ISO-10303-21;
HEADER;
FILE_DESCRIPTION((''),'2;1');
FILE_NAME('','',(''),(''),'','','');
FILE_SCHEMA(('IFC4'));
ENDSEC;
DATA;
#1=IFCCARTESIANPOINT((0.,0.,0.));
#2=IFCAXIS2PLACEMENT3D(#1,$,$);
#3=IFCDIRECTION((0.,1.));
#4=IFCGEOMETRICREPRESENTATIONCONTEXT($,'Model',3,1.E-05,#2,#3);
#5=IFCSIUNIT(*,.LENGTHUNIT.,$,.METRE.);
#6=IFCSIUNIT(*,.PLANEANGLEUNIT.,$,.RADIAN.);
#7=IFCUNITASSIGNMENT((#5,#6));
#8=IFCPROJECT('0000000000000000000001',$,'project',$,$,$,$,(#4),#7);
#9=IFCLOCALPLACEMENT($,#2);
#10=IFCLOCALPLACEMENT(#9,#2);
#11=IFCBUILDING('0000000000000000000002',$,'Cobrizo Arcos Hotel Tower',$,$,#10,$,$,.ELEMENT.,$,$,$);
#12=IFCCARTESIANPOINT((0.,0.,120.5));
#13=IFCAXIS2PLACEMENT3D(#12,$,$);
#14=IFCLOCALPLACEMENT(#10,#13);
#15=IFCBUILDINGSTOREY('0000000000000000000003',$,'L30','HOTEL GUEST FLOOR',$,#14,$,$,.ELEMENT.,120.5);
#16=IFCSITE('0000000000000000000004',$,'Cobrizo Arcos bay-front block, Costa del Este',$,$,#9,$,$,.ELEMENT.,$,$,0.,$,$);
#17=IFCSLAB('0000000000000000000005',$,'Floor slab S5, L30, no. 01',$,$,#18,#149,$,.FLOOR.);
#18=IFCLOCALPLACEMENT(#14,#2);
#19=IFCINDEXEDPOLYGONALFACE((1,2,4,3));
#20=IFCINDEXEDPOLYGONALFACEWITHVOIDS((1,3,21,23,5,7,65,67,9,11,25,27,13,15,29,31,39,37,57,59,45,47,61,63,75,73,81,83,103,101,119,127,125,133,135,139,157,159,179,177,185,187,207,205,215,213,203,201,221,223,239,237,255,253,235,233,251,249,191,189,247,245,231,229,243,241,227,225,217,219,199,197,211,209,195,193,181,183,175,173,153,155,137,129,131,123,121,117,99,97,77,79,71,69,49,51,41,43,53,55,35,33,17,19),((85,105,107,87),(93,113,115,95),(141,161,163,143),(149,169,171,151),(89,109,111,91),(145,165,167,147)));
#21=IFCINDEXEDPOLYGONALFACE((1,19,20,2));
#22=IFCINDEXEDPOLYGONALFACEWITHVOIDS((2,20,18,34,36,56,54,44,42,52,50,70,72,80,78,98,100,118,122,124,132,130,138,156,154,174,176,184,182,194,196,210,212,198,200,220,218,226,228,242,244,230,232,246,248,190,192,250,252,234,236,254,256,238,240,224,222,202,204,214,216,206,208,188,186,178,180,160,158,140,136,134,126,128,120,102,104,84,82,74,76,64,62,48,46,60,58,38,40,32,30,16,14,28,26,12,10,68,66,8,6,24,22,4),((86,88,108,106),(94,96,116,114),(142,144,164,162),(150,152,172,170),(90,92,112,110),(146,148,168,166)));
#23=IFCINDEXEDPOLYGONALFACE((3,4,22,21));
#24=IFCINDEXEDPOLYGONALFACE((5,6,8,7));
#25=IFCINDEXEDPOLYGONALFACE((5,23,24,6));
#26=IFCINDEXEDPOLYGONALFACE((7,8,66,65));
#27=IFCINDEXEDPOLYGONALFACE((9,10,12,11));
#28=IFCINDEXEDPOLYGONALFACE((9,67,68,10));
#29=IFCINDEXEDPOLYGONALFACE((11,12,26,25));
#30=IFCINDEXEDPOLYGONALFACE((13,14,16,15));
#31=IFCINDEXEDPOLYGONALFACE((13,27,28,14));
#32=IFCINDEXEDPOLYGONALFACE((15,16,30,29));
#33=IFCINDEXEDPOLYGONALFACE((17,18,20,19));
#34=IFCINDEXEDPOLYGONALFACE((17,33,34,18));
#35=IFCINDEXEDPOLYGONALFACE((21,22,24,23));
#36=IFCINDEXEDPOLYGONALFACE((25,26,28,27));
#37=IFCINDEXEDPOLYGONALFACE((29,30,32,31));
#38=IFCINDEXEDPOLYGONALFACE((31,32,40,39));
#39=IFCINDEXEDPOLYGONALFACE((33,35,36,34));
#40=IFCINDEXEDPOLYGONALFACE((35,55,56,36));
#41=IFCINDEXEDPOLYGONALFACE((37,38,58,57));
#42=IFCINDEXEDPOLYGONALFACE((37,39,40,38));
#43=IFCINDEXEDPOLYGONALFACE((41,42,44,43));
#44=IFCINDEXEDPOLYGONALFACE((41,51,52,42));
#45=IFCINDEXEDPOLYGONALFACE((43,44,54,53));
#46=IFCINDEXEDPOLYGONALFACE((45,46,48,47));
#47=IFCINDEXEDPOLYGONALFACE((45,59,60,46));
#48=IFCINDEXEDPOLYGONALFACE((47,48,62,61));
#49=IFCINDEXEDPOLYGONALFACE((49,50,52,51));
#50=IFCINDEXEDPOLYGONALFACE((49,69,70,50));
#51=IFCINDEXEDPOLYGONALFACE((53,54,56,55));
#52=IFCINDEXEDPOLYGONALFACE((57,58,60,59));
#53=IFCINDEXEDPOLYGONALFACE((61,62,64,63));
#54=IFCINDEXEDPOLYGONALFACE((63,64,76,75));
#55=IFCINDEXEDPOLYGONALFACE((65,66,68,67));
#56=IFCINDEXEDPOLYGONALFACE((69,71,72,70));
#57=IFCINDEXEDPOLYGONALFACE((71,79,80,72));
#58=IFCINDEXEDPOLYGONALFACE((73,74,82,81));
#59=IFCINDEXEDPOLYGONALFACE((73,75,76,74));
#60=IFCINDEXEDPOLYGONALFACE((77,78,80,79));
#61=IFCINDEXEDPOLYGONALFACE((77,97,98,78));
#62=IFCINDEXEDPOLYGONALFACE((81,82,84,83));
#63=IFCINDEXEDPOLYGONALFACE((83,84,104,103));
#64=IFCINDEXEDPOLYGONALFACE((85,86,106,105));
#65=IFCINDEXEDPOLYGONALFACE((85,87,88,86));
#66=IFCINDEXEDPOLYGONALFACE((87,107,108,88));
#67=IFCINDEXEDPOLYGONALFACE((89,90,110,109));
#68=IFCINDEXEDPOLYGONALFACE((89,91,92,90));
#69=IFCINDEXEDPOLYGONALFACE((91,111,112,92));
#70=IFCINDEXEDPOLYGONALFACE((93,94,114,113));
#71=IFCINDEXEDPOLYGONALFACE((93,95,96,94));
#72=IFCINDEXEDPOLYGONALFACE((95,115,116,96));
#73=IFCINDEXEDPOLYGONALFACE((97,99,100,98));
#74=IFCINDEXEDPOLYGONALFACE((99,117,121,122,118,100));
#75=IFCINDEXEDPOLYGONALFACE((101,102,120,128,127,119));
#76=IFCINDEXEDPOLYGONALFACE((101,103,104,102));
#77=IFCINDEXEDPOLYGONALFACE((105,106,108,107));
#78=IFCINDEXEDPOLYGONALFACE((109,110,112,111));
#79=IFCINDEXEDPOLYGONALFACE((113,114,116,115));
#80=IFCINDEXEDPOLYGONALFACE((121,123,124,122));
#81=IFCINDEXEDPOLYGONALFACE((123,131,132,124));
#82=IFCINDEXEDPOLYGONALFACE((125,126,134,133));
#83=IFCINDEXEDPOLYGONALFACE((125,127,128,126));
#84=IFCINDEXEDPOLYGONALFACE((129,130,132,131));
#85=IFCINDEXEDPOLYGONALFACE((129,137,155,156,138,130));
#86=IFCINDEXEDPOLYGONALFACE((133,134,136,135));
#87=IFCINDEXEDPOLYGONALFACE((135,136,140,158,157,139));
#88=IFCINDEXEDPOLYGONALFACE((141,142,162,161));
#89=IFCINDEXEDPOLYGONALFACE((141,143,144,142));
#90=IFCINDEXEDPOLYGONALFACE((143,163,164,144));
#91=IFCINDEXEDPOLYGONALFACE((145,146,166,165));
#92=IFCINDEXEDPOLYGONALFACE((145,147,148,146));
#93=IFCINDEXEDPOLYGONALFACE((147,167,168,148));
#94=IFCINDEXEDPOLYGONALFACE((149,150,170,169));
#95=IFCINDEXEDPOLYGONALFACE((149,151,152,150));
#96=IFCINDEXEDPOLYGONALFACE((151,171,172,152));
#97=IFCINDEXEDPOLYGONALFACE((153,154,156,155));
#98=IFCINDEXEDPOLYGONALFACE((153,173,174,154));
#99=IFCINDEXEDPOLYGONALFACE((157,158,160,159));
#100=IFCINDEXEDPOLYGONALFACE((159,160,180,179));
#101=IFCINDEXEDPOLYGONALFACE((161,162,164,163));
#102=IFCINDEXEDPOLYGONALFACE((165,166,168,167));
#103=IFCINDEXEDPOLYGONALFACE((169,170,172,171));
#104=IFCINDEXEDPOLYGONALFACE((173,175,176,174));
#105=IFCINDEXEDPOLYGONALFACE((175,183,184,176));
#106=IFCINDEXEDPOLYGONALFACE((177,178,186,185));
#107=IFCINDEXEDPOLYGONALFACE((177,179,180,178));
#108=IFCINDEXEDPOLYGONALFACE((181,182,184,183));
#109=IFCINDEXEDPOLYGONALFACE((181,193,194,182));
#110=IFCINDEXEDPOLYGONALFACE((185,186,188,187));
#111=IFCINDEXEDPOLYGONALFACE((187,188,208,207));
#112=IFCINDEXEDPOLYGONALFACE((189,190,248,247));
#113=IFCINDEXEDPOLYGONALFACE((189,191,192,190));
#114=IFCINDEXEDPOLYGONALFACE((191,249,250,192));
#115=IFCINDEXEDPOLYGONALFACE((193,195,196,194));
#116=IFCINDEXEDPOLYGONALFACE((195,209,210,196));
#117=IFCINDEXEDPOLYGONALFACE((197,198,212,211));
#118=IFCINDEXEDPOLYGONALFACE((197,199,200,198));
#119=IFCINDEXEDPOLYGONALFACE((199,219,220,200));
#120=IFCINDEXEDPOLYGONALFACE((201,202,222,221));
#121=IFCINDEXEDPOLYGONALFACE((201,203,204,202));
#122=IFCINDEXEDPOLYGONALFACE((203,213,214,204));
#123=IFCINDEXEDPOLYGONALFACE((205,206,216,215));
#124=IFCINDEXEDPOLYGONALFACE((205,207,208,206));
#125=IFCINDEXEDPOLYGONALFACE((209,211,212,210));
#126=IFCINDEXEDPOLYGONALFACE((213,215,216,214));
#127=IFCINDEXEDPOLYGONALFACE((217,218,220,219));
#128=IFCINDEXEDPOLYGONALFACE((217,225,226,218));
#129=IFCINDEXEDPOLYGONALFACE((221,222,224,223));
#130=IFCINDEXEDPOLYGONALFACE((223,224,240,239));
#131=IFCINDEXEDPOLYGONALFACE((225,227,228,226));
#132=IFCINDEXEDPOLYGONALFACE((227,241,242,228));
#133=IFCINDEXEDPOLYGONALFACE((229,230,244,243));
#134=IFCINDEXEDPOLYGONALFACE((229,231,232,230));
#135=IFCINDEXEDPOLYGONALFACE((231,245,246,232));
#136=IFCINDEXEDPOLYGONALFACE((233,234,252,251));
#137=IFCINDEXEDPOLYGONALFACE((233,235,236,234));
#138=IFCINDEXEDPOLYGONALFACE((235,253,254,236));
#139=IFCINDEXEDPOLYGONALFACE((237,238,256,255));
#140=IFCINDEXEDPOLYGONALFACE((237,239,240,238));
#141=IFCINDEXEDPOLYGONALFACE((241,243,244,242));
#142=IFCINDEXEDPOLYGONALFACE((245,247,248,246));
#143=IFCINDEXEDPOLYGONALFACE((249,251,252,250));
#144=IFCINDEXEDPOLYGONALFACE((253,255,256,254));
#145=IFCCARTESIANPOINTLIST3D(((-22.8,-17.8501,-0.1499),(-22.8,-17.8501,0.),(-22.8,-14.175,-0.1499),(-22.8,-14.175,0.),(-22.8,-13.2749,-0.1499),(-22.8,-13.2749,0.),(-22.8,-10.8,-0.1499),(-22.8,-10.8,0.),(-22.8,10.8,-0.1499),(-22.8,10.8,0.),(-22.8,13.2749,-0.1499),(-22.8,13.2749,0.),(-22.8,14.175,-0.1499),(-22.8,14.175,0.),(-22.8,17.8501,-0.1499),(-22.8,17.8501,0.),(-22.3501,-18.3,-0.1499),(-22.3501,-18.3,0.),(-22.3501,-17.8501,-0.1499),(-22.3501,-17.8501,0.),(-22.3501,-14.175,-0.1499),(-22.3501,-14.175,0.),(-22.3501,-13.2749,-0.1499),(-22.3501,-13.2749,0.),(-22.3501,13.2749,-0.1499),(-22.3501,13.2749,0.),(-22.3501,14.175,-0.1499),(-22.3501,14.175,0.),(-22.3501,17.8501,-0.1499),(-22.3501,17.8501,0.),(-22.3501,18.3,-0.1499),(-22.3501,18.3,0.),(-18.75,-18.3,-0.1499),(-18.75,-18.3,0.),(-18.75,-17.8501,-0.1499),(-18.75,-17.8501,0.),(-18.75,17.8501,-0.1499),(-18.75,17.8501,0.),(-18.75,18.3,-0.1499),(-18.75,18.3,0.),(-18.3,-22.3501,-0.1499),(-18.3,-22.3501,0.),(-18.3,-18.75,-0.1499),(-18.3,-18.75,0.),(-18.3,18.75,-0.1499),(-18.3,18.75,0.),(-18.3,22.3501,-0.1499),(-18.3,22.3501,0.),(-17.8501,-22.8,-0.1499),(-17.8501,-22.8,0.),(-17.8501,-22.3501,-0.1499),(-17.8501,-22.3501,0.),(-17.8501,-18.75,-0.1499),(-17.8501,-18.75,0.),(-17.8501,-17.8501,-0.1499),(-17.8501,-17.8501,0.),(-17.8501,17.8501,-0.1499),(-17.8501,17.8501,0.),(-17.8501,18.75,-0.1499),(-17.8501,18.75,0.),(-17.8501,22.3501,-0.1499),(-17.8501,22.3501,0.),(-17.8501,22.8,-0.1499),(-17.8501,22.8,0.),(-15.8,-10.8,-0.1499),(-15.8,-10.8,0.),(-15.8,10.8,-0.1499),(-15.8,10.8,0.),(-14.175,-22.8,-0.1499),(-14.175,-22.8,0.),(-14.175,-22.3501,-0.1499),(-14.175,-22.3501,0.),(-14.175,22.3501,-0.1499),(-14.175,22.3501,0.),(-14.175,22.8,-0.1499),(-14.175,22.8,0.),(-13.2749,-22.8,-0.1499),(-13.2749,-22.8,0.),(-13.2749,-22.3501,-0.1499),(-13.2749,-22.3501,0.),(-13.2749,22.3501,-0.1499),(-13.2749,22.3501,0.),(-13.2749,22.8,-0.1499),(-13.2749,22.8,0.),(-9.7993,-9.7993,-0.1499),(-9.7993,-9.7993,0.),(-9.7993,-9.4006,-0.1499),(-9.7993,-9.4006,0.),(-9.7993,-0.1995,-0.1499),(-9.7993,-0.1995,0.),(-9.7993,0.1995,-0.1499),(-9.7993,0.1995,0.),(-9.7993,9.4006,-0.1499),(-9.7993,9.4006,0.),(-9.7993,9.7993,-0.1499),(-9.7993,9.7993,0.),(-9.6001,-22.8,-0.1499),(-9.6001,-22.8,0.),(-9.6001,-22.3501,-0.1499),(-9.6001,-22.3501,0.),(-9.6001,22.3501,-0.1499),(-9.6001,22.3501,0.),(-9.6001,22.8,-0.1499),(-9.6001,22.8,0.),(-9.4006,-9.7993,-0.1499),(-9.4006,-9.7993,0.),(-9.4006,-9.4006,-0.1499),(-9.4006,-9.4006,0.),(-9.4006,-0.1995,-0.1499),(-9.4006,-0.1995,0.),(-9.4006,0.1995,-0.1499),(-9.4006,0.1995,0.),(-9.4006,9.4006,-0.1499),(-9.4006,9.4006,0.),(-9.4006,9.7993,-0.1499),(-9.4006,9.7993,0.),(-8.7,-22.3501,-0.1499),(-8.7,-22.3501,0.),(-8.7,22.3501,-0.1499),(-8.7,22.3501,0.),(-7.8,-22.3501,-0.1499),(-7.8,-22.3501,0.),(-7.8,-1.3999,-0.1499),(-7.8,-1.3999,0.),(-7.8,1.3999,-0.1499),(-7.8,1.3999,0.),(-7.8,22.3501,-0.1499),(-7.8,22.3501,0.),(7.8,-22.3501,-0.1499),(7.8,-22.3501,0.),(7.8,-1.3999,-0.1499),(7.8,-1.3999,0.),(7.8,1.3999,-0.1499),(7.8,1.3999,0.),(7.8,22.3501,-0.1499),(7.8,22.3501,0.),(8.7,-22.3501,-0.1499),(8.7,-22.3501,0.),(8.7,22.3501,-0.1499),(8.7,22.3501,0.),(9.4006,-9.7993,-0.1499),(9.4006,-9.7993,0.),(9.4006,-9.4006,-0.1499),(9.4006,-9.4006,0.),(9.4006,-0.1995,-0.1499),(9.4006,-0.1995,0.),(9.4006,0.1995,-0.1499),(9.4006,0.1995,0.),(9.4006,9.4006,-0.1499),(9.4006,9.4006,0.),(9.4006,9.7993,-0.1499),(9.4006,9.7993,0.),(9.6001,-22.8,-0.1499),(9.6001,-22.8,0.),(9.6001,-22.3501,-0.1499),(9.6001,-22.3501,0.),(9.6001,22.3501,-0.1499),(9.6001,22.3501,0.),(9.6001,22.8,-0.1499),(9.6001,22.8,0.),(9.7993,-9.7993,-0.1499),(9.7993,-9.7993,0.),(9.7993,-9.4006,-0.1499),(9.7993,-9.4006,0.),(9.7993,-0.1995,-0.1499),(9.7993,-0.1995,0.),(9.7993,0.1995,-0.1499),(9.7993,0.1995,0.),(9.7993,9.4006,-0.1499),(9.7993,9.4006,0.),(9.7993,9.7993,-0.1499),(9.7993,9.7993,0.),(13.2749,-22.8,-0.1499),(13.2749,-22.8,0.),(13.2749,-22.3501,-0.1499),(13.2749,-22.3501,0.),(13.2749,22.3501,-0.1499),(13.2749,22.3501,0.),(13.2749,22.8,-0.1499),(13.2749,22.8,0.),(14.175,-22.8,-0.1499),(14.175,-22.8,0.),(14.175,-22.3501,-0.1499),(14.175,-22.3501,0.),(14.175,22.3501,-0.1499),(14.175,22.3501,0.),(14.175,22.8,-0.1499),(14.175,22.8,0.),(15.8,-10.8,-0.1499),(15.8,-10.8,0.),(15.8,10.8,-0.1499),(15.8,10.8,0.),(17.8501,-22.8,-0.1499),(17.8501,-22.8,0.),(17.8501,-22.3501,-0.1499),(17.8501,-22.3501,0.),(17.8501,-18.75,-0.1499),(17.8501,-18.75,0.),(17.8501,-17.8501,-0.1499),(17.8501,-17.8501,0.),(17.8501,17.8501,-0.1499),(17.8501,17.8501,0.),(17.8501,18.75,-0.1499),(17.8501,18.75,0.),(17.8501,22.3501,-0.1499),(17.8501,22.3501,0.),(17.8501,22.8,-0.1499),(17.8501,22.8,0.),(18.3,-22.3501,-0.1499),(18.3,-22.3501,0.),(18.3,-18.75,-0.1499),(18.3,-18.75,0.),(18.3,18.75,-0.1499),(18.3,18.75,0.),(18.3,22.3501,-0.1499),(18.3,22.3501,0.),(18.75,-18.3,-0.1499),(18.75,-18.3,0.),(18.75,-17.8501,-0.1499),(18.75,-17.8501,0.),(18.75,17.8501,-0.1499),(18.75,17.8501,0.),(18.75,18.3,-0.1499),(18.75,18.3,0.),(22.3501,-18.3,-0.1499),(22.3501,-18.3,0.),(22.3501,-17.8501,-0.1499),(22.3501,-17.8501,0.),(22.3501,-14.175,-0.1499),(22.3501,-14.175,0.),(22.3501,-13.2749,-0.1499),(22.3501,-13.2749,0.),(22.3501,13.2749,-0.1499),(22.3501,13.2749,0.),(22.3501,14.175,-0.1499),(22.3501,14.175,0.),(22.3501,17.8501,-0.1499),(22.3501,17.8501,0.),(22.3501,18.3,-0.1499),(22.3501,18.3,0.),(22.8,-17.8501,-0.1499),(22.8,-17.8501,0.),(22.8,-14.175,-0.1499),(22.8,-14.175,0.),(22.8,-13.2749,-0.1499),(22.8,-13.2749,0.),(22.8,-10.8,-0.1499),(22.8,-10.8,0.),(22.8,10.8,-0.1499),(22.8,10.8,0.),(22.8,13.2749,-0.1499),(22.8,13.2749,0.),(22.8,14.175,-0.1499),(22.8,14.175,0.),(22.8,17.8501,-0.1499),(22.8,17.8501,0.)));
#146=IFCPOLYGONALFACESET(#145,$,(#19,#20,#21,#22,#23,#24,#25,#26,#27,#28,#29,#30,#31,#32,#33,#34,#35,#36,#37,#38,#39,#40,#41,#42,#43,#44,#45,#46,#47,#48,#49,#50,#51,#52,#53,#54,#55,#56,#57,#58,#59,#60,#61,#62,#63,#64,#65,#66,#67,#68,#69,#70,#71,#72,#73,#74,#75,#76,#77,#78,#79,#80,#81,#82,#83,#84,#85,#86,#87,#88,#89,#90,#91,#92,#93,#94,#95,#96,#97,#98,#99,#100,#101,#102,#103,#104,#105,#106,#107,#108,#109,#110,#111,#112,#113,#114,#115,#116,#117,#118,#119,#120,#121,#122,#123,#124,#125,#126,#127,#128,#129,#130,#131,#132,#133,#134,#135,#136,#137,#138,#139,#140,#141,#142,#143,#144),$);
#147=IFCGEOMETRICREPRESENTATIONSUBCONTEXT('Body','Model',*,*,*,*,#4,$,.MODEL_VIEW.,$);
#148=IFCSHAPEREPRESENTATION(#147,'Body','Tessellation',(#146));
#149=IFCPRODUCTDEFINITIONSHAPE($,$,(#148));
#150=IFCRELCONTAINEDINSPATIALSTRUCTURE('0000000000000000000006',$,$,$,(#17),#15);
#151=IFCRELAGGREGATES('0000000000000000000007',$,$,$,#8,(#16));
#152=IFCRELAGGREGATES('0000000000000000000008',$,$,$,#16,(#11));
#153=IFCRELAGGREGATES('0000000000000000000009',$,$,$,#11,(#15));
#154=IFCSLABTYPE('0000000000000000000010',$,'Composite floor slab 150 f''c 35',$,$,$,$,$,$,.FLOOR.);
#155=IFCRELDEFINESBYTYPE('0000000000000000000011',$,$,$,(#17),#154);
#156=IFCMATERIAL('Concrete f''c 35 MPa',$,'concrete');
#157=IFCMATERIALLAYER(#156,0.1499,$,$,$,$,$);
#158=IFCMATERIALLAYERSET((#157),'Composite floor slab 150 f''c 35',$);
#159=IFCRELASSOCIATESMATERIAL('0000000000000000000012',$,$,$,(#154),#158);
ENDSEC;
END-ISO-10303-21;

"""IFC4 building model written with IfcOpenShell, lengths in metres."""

from ifc_helpers import new_model, si_unit, direction, frame, origin, place, context, subcontext, project, spatial, polyline, outline, extrude, material, layer, layer_set, type_object, element, save


model = new_model("IFC4")

# Units and contexts
model_context = context("Model", 3, precision=1e-05, world=origin(), true_north=direction((0.0, 1.0)))
body_context = subcontext(model_context, "Body", "Model", "MODEL_VIEW")
ifc_project = project(units=[si_unit("LENGTHUNIT", "METRE"), si_unit("PLANEANGLEUNIT", "RADIAN")], contexts=[model_context])

# Site, building, storey
site_placement = place(None, origin())
site = spatial("IfcSite", under=ifc_project, at=site_placement, Name="Cobrizo Arcos bay-front block, Costa del Este", CompositionType="ELEMENT", RefElevation=0.0)
building_placement = place(site_placement, origin())
building = spatial("IfcBuilding", under=site, at=building_placement, Name="Cobrizo Arcos Hotel Tower", CompositionType="ELEMENT")
storey_placement = place(building_placement, frame((0.0, 0.0, 120.5)))
storey = spatial("IfcBuildingStorey", under=building, at=storey_placement, Name="L30", Description="HOTEL GUEST FLOOR", CompositionType="ELEMENT", Elevation=120.5)

# Slab
ifc_material_1 = material(Name="Concrete f'c 35 MPa", Category="concrete")
ifc_layer_1 = layer(ifc_material_1, 0.1499)
ifc_layer_set_1 = layer_set([ifc_layer_1], Name="Composite floor slab 150 f'c 35")
slab_type_1 = type_object("IfcSlabType", Name="Composite floor slab 150 f'c 35", PredefinedType="FLOOR", material=ifc_layer_set_1)
slab_1_placement = place(storey_placement, frame((0.0, 0.0, -0.1499)))
element("IfcSlab", 1, at=slab_1_placement, inside=storey, type_object=slab_type_1, Name="Floor slab S5, L30, no. 01", PredefinedType="FLOOR", context=body_context, shape_type="SweptSolid", body=[
    extrude(outline(polyline([(22.3501, 18.3), (22.3501, 17.8501), (22.8, 17.8501), (22.8, 14.175), (22.3501, 14.175), (22.3501, 13.2749), (22.8, 13.2749), (22.8, 10.8), (15.8, 10.8), (15.8, -10.8), (22.8, -10.8), (22.8, -13.2749), (22.3501, -13.2749), (22.3501, -14.175), (22.8, -14.175), (22.8, -17.8501), (22.3501, -17.8501), (22.3501, -18.3), (18.75, -18.3), (18.75, -17.8501), (17.8501, -17.8501), (17.8501, -18.75), (18.3, -18.75), (18.3, -22.3501), (17.8501, -22.3501), (17.8501, -22.8), (14.175, -22.8), (14.175, -22.3501), (13.2749, -22.3501), (13.2749, -22.8), (9.6001, -22.8), (9.6001, -22.3501), (8.7, -22.3501), (7.8, -22.3501), (7.8, -22.8), (7.8, -22.8), (7.8, -1.3999), (-7.8, -1.3999), (-7.8, -22.8), (-7.8, -22.8), (-7.8, -22.3501), (-8.7, -22.3501), (-9.6001, -22.3501), (-9.6001, -22.8), (-13.2749, -22.8), (-13.2749, -22.3501), (-14.175, -22.3501), (-14.175, -22.8), (-17.8501, -22.8), (-17.8501, -22.3501), (-18.3, -22.3501), (-18.3, -18.75), (-17.8501, -18.75), (-17.8501, -17.8501), (-18.75, -17.8501), (-18.75, -18.3), (-22.3501, -18.3), (-22.3501, -17.8501), (-22.8, -17.8501), (-22.8, -14.175), (-22.3501, -14.175), (-22.3501, -13.2749), (-22.8, -13.2749), (-22.8, -10.8), (-15.8, -10.8), (-15.8, 10.8), (-22.8, 10.8), (-22.8, 13.2749), (-22.3501, 13.2749), (-22.3501, 14.175), (-22.8, 14.175), (-22.8, 17.8501), (-22.3501, 17.8501), (-22.3501, 18.3), (-18.75, 18.3), (-18.75, 17.8501), (-17.8501, 17.8501), (-17.8501, 18.75), (-18.3, 18.75), (-18.3, 22.3501), (-17.8501, 22.3501), (-17.8501, 22.8), (-14.175, 22.8), (-14.175, 22.3501), (-13.2749, 22.3501), (-13.2749, 22.8), (-9.6001, 22.8), (-9.6001, 22.3501), (-8.7, 22.3501), (-7.8, 22.3501), (-7.8, 22.8), (-7.8, 22.8), (-7.8, 1.3999), (7.8, 1.3999), (7.8, 22.8), (7.8, 22.8), (7.8, 22.3501), (8.7, 22.3501), (9.6001, 22.3501), (9.6001, 22.8), (13.2749, 22.8), (13.2749, 22.3501), (14.175, 22.3501), (14.175, 22.8), (17.8501, 22.8), (17.8501, 22.3501), (18.3, 22.3501), (18.3, 18.75), (17.8501, 18.75), (17.8501, 17.8501), (18.75, 17.8501), (18.75, 18.3), (22.3501, 18.3)]), holes=[polyline([(-9.7993, -9.7993), (-9.4006, -9.7993), (-9.4006, -9.4006), (-9.7993, -9.4006), (-9.7993, -9.7993)]), polyline([(-9.4006, -0.1995), (-9.4006, 0.1995), (-9.7993, 0.1995), (-9.7993, -0.1995), (-9.4006, -0.1995)]), polyline([(-9.4006, 9.4006), (-9.4006, 9.7993), (-9.7993, 9.7993), (-9.7993, 9.4006), (-9.4006, 9.4006)]), polyline([(9.4006, -9.7993), (9.7993, -9.7993), (9.7993, -9.4006), (9.4006, -9.4006), (9.4006, -9.7993)]), polyline([(9.4006, -0.1995), (9.7993, -0.1995), (9.7993, 0.1995), (9.4006, 0.1995), (9.4006, -0.1995)]), polyline([(9.7993, 9.4006), (9.7993, 9.7993), (9.4006, 9.7993), (9.4006, 9.4006), (9.7993, 9.4006)])]), origin(), (0.0, 0.0, 1.0), 0.1499),
])

save(model, "model.ifc")
